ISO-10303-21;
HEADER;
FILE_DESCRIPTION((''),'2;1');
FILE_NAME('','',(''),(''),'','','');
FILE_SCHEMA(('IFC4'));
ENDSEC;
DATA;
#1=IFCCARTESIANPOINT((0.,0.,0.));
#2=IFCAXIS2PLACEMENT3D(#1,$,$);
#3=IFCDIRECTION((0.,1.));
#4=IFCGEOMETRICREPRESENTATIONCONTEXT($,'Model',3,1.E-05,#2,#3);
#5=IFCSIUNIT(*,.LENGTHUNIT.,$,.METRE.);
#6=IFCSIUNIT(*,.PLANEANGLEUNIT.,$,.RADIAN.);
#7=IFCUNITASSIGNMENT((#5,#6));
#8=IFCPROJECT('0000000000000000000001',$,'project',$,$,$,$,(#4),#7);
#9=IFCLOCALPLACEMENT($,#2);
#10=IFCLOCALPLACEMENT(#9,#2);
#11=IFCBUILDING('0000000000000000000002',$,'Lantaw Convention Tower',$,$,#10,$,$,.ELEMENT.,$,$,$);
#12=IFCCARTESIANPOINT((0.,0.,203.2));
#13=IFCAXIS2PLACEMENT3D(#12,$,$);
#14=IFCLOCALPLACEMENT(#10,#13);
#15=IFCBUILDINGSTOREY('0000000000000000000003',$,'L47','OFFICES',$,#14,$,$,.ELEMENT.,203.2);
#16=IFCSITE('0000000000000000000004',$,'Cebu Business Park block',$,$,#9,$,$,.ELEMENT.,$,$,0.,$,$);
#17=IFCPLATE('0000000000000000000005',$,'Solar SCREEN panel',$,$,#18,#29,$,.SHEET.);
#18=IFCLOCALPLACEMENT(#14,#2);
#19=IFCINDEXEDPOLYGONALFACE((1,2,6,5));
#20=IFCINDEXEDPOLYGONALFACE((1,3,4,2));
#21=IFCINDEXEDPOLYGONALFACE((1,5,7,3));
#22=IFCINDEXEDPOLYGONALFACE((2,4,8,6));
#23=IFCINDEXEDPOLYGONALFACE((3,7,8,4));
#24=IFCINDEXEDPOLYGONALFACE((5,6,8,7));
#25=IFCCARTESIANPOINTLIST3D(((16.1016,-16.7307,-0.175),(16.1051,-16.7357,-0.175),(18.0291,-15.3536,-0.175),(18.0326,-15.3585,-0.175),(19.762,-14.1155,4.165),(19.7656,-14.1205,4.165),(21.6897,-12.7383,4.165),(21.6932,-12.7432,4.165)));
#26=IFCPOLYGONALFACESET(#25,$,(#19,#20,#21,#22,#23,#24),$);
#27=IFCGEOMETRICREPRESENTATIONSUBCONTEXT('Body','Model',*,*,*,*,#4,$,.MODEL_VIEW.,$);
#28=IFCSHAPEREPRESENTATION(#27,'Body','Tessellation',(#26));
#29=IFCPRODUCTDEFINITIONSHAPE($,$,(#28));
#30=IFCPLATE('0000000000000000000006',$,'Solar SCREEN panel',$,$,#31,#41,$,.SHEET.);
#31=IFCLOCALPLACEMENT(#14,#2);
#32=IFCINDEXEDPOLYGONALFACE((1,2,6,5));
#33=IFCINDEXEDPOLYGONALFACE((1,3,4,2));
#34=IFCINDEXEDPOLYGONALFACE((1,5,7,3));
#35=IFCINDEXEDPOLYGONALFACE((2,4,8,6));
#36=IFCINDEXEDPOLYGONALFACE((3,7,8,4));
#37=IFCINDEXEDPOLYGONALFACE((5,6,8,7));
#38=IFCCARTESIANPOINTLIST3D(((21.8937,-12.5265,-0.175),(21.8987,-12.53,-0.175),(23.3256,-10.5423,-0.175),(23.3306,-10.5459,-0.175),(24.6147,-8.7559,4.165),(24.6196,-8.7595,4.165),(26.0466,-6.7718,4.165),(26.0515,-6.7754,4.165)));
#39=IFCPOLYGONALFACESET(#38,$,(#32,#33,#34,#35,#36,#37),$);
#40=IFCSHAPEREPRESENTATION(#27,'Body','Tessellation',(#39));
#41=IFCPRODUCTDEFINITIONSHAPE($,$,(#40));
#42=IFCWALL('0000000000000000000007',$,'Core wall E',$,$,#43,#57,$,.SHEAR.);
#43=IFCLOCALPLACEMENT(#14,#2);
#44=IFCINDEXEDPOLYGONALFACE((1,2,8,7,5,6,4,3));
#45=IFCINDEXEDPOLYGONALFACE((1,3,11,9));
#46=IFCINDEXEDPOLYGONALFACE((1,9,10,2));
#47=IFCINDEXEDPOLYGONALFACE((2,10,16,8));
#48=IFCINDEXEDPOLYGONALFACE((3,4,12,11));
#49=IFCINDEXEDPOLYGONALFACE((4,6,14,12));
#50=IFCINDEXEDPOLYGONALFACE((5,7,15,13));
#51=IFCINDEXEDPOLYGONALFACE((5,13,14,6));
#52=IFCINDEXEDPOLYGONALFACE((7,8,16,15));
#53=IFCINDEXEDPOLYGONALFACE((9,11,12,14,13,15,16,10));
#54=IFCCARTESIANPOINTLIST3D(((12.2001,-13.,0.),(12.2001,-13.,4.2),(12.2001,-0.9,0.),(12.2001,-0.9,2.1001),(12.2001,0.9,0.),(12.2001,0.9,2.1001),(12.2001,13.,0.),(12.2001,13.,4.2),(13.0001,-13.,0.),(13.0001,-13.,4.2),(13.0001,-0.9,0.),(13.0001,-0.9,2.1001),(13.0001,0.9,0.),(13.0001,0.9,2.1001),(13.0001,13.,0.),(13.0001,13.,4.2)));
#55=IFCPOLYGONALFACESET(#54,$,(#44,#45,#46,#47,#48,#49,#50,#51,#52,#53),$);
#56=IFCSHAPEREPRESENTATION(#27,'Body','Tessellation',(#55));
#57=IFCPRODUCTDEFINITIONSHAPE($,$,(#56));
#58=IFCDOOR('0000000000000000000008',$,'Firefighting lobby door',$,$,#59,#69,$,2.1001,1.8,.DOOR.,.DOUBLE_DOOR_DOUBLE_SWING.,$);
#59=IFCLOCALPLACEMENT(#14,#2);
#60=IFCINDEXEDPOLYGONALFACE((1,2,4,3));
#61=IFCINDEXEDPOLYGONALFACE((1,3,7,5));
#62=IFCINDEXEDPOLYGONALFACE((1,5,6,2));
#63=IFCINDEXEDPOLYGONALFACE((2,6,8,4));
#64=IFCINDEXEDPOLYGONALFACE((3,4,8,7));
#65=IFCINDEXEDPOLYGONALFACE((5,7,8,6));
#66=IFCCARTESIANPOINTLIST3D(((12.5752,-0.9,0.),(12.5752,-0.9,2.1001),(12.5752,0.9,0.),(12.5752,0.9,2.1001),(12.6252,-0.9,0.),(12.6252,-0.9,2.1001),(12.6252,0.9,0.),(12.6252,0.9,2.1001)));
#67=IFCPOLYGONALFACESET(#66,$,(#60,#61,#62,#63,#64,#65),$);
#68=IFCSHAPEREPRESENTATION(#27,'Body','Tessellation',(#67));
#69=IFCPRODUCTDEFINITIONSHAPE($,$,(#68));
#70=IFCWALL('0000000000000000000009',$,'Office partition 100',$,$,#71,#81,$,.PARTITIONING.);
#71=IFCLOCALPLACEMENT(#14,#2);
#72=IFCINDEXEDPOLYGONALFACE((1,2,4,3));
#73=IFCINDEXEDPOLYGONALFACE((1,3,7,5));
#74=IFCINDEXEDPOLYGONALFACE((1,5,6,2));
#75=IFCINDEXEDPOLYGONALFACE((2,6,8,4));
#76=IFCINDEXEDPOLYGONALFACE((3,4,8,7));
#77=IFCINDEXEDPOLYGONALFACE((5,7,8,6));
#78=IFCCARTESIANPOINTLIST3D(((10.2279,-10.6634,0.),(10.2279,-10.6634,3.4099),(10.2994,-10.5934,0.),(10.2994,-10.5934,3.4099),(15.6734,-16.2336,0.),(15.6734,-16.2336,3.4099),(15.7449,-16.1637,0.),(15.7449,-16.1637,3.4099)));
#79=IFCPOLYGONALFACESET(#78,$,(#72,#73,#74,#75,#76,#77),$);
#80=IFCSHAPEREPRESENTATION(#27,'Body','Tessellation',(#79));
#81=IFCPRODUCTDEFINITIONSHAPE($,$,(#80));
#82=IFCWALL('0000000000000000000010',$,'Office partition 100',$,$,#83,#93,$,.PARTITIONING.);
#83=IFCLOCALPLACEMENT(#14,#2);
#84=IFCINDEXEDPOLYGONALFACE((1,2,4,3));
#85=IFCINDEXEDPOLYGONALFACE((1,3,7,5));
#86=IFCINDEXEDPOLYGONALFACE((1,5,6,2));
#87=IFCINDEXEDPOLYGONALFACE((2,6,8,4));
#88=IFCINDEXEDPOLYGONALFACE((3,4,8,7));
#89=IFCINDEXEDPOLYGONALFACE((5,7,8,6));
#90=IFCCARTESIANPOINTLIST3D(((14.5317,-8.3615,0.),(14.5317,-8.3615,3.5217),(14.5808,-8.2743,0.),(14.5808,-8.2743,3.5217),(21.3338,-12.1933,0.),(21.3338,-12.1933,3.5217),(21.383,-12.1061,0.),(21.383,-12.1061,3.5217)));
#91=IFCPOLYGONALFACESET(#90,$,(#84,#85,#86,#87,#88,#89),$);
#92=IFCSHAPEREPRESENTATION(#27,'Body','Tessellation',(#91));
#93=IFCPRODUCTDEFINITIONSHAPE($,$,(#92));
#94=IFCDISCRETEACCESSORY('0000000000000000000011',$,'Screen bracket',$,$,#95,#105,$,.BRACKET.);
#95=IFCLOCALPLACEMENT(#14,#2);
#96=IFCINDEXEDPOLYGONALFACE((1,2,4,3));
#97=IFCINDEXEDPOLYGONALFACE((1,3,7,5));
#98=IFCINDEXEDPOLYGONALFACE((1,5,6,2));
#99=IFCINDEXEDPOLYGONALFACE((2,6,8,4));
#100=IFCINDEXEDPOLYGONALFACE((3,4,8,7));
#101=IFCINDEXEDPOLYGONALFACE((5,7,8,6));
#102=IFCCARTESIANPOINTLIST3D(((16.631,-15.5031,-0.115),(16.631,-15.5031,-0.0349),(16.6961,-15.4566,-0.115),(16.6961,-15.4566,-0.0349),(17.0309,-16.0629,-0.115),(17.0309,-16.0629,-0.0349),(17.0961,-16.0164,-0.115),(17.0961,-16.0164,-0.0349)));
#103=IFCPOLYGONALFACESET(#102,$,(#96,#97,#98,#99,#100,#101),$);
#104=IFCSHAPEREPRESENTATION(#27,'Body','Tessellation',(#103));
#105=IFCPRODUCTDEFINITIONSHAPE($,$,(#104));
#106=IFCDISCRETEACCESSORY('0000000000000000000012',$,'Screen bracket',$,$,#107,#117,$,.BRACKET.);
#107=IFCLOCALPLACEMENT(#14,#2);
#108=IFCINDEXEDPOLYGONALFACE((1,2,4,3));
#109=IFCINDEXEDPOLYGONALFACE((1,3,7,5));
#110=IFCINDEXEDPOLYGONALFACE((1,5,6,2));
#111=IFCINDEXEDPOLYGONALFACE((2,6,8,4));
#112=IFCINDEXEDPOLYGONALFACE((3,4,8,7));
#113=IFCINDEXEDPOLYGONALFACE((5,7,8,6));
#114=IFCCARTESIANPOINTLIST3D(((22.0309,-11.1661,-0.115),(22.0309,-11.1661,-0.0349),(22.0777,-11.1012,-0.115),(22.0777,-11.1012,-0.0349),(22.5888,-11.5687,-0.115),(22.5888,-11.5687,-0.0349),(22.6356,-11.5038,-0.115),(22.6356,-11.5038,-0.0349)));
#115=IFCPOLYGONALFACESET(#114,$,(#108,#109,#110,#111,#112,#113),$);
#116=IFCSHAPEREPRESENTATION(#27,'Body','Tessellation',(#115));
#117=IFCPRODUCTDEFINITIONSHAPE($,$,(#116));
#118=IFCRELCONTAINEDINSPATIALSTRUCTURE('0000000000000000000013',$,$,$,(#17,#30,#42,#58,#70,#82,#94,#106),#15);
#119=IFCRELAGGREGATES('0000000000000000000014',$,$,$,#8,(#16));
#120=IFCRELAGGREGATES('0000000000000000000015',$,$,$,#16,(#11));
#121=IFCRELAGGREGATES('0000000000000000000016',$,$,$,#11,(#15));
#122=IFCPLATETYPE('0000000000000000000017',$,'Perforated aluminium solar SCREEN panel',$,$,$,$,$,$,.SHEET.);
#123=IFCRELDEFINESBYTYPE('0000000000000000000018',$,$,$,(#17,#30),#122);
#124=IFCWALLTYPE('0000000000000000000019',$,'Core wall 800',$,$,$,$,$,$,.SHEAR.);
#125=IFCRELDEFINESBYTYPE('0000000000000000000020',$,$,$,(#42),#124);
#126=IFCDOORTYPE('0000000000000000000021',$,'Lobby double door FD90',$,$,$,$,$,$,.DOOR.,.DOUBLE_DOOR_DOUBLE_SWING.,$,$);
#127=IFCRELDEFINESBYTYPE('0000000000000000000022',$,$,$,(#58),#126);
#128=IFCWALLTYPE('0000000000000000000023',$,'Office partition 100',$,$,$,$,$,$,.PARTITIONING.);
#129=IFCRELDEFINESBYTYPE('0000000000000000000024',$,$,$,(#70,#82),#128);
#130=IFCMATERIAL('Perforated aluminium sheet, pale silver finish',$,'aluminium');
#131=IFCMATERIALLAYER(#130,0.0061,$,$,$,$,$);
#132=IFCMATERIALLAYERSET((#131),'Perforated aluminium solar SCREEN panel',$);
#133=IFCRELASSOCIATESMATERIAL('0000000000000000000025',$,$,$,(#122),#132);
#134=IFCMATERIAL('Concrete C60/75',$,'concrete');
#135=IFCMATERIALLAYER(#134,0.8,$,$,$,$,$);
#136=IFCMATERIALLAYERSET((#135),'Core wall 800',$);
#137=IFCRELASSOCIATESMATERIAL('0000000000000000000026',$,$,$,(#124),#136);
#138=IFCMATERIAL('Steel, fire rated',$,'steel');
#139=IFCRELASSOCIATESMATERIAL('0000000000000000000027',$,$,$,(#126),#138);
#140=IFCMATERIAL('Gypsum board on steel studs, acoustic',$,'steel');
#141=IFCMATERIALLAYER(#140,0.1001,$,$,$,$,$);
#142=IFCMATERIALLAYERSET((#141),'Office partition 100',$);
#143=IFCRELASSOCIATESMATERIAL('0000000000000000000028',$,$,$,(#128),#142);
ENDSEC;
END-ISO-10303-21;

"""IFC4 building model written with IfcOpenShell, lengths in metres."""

from ifc_helpers import new_model, si_unit, direction, frame, frame_2d, origin, origin_2d, place, context, subcontext, project, spatial, polyline, rectangle, outline, extrude, material, layer, layer_set, type_object, element, fill, save


model = new_model("IFC4")

# Units and contexts
model_context = context("Model", 3, precision=1e-05, world=origin(), true_north=direction((0.0, 1.0)))
body_context = subcontext(model_context, "Body", "Model", "MODEL_VIEW")
ifc_project = project(units=[si_unit("LENGTHUNIT", "METRE"), si_unit("PLANEANGLEUNIT", "RADIAN")], contexts=[model_context])

# Site, building, storey
site_placement = place(None, origin())
site = spatial("IfcSite", under=ifc_project, at=site_placement, Name="Cebu Business Park block", CompositionType="ELEMENT", RefElevation=0.0)
building_placement = place(site_placement, origin())
building = spatial("IfcBuilding", under=site, at=building_placement, Name="Lantaw Convention Tower", CompositionType="ELEMENT")
storey_placement = place(building_placement, frame((0.0, 0.0, 203.2)))
storey = spatial("IfcBuildingStorey", under=building, at=storey_placement, Name="L47", Description="OFFICES", CompositionType="ELEMENT", Elevation=203.2)

# Shared definitions
ifc_material_1 = material(Name="Concrete C60/75", Category="concrete")

# Plates
ifc_material_2 = material(Name="Perforated aluminium sheet, pale silver finish", Category="aluminium")
ifc_layer_1 = layer(ifc_material_2, 0.0061)
ifc_layer_set_1 = layer_set([ifc_layer_1], Name="Perforated aluminium solar SCREEN panel")
plate_type_1 = type_object("IfcPlateType", Name="Perforated aluminium solar SCREEN panel", PredefinedType="SHEET", material=ifc_layer_set_1)
plate_1_placement = place(storey_placement, frame((16.1016, -16.7307, -0.175), z_axis=(-0.581331, 0.813667, 0.00001), x_axis=(0.813667, 0.581331, 0.0)))
element("IfcPlate", 1, at=plate_1_placement, inside=storey, type_object=plate_type_1, Name="Solar SCREEN panel", PredefinedType="SHEET", context=body_context, shape_type="SweptSolid", body=[
    extrude(outline(polyline([(0.0, 0.0), (2.3689, 0.0), (6.8678, -4.3401), (4.4987, -4.3401), (0.0, 0.0)])), origin(), (0.0, 0.0, -1.0), 0.0061),
])
plate_2_placement = place(storey_placement, frame((21.8987, -12.53, -0.175), z_axis=(0.810892, -0.585195, 0.00002), x_axis=(0.585195, 0.810892, 0.0)))
element("IfcPlate", 2, at=plate_2_placement, inside=storey, type_object=plate_type_1, Name="Solar SCREEN panel", PredefinedType="SHEET", context=body_context, shape_type="SweptSolid", body=[
    extrude(outline(polyline([(0.0, 0.0), (2.4468, 0.0), (7.0966, 4.3401), (4.6498, 4.3401), (0.0, 0.0)])), origin(), (0.0, 0.0, -1.0), 0.0061),
])

# Wall, opening, door
ifc_layer_2 = layer(ifc_material_1, 0.8)
ifc_layer_set_2 = layer_set([ifc_layer_2], Name="Core wall 800")
wall_type_1 = type_object("IfcWallType", Name="Core wall 800", PredefinedType="SHEAR", material=ifc_layer_set_2)
wall_1_placement = place(storey_placement, frame((12.6001, -13.0, 0.0), z_axis=(0.0, 0.0, 1.0), x_axis=(0.0, 1.0, 0.0)))
wall_1 = element("IfcWall", 3, at=wall_1_placement, inside=storey, type_object=wall_type_1, Name="Core wall E", PredefinedType="SHEAR", context=body_context, shape_type="SweptSolid", body=[
    extrude(rectangle(XDim=26.0, YDim=0.8, at=frame_2d((13.0, 0.0))), origin(), (0.0, 0.0, 1.0), 4.2),
])
opening_placement = place(wall_1_placement, frame((12.1001, 0.0, 0.0)))
opening = element("IfcOpeningElement", 4, at=opening_placement, cuts=wall_1, PredefinedType="OPENING", context=body_context, shape_type="SweptSolid", body=[
    extrude(rectangle(XDim=1.8, YDim=2.1001, at=frame_2d((0.8999, 1.05))), frame((0.0, 0.4099, 0.0), z_axis=(0.0, -1.0, 0.0), x_axis=(1.0, 0.0, 0.0)), (0.0, 0.0, 1.0), 0.8201),
])
ifc_material_3 = material(Name="Steel, fire rated", Category="steel")
door_type = type_object("IfcDoorType", Name="Lobby double door FD90", OperationType="DOUBLE_DOOR_DOUBLE_SWING", PredefinedType="DOOR", material=ifc_material_3)
door_placement = place(opening_placement, origin())
door = element("IfcDoor", 5, at=door_placement, inside=storey, type_object=door_type, Name="Firefighting lobby door", OperationType="DOUBLE_DOOR_DOUBLE_SWING", OverallHeight=2.1001, OverallWidth=1.8, PredefinedType="DOOR", context=body_context, shape_type="SweptSolid", body=[
    extrude(rectangle(XDim=1.8, YDim=2.1001, at=frame_2d((0.8999, 1.05))), frame((0.0, 0.0249, 0.0), z_axis=(0.0, -1.0, 0.0), x_axis=(1.0, 0.0, 0.0)), (0.0, 0.0, 1.0), 0.05),
])
fill(opening, door)

# Walls
ifc_material_4 = material(Name="Gypsum board on steel studs, acoustic", Category="steel")
ifc_layer_3 = layer(ifc_material_4, 0.1001)
ifc_layer_set_3 = layer_set([ifc_layer_3], Name="Office partition 100")
wall_type_2 = type_object("IfcWallType", Name="Office partition 100", PredefinedType="PARTITIONING", material=ifc_layer_set_3)
wall_2_placement = place(storey_placement, frame((15.7092, -16.1987, 0.0), z_axis=(0.0, 0.0, 1.0), x_axis=(-0.699054, 0.715069, 0.0)))
element("IfcWall", 6, at=wall_2_placement, inside=storey, type_object=wall_type_2, Name="Office partition 100", PredefinedType="PARTITIONING", context=body_context, shape_type="SweptSolid", body=[
    extrude(rectangle(XDim=7.7898, YDim=0.1001, at=frame_2d((3.895, 0.0))), origin(), (0.0, 0.0, 1.0), 3.4099),
])
wall_3_placement = place(storey_placement, frame((21.3584, -12.1497, 0.0), z_axis=(0.0, 0.0, 1.0), x_axis=(-0.871273, 0.490799, 0.0)))
element("IfcWall", 7, at=wall_3_placement, inside=storey, type_object=wall_type_2, Name="Office partition 100", PredefinedType="PARTITIONING", context=body_context, shape_type="SweptSolid", body=[
    extrude(rectangle(XDim=7.8071, YDim=0.1001, at=frame_2d((3.9036, 0.0))), origin(), (0.0, 0.0, 1.0), 3.5217),
])

# Discrete accessories
for number, where, z_axis, x_axis, name in (
    (8, (16.8635, -15.7598, -0.115), (0.0, 0.0, 1.0), (0.813673, 0.581323, 0.0), "Screen bracket"),
    (9, (22.3333, -11.335, -0.115), (0.0, 0.0, 1.0), (0.585158, 0.81092, 0.0), "Screen bracket"),
):
    element("IfcDiscreteAccessory", number, at=place(storey_placement, frame(where, z_axis=z_axis, x_axis=x_axis)), inside=storey, Name=name, PredefinedType="BRACKET", context=body_context, shape_type="SweptSolid", body=[
        extrude(rectangle(XDim=0.0801, YDim=0.688, at=origin_2d()), origin(), (0.0, 0.0, 1.0), 0.0801),
    ])

save(model, "model.ifc")
